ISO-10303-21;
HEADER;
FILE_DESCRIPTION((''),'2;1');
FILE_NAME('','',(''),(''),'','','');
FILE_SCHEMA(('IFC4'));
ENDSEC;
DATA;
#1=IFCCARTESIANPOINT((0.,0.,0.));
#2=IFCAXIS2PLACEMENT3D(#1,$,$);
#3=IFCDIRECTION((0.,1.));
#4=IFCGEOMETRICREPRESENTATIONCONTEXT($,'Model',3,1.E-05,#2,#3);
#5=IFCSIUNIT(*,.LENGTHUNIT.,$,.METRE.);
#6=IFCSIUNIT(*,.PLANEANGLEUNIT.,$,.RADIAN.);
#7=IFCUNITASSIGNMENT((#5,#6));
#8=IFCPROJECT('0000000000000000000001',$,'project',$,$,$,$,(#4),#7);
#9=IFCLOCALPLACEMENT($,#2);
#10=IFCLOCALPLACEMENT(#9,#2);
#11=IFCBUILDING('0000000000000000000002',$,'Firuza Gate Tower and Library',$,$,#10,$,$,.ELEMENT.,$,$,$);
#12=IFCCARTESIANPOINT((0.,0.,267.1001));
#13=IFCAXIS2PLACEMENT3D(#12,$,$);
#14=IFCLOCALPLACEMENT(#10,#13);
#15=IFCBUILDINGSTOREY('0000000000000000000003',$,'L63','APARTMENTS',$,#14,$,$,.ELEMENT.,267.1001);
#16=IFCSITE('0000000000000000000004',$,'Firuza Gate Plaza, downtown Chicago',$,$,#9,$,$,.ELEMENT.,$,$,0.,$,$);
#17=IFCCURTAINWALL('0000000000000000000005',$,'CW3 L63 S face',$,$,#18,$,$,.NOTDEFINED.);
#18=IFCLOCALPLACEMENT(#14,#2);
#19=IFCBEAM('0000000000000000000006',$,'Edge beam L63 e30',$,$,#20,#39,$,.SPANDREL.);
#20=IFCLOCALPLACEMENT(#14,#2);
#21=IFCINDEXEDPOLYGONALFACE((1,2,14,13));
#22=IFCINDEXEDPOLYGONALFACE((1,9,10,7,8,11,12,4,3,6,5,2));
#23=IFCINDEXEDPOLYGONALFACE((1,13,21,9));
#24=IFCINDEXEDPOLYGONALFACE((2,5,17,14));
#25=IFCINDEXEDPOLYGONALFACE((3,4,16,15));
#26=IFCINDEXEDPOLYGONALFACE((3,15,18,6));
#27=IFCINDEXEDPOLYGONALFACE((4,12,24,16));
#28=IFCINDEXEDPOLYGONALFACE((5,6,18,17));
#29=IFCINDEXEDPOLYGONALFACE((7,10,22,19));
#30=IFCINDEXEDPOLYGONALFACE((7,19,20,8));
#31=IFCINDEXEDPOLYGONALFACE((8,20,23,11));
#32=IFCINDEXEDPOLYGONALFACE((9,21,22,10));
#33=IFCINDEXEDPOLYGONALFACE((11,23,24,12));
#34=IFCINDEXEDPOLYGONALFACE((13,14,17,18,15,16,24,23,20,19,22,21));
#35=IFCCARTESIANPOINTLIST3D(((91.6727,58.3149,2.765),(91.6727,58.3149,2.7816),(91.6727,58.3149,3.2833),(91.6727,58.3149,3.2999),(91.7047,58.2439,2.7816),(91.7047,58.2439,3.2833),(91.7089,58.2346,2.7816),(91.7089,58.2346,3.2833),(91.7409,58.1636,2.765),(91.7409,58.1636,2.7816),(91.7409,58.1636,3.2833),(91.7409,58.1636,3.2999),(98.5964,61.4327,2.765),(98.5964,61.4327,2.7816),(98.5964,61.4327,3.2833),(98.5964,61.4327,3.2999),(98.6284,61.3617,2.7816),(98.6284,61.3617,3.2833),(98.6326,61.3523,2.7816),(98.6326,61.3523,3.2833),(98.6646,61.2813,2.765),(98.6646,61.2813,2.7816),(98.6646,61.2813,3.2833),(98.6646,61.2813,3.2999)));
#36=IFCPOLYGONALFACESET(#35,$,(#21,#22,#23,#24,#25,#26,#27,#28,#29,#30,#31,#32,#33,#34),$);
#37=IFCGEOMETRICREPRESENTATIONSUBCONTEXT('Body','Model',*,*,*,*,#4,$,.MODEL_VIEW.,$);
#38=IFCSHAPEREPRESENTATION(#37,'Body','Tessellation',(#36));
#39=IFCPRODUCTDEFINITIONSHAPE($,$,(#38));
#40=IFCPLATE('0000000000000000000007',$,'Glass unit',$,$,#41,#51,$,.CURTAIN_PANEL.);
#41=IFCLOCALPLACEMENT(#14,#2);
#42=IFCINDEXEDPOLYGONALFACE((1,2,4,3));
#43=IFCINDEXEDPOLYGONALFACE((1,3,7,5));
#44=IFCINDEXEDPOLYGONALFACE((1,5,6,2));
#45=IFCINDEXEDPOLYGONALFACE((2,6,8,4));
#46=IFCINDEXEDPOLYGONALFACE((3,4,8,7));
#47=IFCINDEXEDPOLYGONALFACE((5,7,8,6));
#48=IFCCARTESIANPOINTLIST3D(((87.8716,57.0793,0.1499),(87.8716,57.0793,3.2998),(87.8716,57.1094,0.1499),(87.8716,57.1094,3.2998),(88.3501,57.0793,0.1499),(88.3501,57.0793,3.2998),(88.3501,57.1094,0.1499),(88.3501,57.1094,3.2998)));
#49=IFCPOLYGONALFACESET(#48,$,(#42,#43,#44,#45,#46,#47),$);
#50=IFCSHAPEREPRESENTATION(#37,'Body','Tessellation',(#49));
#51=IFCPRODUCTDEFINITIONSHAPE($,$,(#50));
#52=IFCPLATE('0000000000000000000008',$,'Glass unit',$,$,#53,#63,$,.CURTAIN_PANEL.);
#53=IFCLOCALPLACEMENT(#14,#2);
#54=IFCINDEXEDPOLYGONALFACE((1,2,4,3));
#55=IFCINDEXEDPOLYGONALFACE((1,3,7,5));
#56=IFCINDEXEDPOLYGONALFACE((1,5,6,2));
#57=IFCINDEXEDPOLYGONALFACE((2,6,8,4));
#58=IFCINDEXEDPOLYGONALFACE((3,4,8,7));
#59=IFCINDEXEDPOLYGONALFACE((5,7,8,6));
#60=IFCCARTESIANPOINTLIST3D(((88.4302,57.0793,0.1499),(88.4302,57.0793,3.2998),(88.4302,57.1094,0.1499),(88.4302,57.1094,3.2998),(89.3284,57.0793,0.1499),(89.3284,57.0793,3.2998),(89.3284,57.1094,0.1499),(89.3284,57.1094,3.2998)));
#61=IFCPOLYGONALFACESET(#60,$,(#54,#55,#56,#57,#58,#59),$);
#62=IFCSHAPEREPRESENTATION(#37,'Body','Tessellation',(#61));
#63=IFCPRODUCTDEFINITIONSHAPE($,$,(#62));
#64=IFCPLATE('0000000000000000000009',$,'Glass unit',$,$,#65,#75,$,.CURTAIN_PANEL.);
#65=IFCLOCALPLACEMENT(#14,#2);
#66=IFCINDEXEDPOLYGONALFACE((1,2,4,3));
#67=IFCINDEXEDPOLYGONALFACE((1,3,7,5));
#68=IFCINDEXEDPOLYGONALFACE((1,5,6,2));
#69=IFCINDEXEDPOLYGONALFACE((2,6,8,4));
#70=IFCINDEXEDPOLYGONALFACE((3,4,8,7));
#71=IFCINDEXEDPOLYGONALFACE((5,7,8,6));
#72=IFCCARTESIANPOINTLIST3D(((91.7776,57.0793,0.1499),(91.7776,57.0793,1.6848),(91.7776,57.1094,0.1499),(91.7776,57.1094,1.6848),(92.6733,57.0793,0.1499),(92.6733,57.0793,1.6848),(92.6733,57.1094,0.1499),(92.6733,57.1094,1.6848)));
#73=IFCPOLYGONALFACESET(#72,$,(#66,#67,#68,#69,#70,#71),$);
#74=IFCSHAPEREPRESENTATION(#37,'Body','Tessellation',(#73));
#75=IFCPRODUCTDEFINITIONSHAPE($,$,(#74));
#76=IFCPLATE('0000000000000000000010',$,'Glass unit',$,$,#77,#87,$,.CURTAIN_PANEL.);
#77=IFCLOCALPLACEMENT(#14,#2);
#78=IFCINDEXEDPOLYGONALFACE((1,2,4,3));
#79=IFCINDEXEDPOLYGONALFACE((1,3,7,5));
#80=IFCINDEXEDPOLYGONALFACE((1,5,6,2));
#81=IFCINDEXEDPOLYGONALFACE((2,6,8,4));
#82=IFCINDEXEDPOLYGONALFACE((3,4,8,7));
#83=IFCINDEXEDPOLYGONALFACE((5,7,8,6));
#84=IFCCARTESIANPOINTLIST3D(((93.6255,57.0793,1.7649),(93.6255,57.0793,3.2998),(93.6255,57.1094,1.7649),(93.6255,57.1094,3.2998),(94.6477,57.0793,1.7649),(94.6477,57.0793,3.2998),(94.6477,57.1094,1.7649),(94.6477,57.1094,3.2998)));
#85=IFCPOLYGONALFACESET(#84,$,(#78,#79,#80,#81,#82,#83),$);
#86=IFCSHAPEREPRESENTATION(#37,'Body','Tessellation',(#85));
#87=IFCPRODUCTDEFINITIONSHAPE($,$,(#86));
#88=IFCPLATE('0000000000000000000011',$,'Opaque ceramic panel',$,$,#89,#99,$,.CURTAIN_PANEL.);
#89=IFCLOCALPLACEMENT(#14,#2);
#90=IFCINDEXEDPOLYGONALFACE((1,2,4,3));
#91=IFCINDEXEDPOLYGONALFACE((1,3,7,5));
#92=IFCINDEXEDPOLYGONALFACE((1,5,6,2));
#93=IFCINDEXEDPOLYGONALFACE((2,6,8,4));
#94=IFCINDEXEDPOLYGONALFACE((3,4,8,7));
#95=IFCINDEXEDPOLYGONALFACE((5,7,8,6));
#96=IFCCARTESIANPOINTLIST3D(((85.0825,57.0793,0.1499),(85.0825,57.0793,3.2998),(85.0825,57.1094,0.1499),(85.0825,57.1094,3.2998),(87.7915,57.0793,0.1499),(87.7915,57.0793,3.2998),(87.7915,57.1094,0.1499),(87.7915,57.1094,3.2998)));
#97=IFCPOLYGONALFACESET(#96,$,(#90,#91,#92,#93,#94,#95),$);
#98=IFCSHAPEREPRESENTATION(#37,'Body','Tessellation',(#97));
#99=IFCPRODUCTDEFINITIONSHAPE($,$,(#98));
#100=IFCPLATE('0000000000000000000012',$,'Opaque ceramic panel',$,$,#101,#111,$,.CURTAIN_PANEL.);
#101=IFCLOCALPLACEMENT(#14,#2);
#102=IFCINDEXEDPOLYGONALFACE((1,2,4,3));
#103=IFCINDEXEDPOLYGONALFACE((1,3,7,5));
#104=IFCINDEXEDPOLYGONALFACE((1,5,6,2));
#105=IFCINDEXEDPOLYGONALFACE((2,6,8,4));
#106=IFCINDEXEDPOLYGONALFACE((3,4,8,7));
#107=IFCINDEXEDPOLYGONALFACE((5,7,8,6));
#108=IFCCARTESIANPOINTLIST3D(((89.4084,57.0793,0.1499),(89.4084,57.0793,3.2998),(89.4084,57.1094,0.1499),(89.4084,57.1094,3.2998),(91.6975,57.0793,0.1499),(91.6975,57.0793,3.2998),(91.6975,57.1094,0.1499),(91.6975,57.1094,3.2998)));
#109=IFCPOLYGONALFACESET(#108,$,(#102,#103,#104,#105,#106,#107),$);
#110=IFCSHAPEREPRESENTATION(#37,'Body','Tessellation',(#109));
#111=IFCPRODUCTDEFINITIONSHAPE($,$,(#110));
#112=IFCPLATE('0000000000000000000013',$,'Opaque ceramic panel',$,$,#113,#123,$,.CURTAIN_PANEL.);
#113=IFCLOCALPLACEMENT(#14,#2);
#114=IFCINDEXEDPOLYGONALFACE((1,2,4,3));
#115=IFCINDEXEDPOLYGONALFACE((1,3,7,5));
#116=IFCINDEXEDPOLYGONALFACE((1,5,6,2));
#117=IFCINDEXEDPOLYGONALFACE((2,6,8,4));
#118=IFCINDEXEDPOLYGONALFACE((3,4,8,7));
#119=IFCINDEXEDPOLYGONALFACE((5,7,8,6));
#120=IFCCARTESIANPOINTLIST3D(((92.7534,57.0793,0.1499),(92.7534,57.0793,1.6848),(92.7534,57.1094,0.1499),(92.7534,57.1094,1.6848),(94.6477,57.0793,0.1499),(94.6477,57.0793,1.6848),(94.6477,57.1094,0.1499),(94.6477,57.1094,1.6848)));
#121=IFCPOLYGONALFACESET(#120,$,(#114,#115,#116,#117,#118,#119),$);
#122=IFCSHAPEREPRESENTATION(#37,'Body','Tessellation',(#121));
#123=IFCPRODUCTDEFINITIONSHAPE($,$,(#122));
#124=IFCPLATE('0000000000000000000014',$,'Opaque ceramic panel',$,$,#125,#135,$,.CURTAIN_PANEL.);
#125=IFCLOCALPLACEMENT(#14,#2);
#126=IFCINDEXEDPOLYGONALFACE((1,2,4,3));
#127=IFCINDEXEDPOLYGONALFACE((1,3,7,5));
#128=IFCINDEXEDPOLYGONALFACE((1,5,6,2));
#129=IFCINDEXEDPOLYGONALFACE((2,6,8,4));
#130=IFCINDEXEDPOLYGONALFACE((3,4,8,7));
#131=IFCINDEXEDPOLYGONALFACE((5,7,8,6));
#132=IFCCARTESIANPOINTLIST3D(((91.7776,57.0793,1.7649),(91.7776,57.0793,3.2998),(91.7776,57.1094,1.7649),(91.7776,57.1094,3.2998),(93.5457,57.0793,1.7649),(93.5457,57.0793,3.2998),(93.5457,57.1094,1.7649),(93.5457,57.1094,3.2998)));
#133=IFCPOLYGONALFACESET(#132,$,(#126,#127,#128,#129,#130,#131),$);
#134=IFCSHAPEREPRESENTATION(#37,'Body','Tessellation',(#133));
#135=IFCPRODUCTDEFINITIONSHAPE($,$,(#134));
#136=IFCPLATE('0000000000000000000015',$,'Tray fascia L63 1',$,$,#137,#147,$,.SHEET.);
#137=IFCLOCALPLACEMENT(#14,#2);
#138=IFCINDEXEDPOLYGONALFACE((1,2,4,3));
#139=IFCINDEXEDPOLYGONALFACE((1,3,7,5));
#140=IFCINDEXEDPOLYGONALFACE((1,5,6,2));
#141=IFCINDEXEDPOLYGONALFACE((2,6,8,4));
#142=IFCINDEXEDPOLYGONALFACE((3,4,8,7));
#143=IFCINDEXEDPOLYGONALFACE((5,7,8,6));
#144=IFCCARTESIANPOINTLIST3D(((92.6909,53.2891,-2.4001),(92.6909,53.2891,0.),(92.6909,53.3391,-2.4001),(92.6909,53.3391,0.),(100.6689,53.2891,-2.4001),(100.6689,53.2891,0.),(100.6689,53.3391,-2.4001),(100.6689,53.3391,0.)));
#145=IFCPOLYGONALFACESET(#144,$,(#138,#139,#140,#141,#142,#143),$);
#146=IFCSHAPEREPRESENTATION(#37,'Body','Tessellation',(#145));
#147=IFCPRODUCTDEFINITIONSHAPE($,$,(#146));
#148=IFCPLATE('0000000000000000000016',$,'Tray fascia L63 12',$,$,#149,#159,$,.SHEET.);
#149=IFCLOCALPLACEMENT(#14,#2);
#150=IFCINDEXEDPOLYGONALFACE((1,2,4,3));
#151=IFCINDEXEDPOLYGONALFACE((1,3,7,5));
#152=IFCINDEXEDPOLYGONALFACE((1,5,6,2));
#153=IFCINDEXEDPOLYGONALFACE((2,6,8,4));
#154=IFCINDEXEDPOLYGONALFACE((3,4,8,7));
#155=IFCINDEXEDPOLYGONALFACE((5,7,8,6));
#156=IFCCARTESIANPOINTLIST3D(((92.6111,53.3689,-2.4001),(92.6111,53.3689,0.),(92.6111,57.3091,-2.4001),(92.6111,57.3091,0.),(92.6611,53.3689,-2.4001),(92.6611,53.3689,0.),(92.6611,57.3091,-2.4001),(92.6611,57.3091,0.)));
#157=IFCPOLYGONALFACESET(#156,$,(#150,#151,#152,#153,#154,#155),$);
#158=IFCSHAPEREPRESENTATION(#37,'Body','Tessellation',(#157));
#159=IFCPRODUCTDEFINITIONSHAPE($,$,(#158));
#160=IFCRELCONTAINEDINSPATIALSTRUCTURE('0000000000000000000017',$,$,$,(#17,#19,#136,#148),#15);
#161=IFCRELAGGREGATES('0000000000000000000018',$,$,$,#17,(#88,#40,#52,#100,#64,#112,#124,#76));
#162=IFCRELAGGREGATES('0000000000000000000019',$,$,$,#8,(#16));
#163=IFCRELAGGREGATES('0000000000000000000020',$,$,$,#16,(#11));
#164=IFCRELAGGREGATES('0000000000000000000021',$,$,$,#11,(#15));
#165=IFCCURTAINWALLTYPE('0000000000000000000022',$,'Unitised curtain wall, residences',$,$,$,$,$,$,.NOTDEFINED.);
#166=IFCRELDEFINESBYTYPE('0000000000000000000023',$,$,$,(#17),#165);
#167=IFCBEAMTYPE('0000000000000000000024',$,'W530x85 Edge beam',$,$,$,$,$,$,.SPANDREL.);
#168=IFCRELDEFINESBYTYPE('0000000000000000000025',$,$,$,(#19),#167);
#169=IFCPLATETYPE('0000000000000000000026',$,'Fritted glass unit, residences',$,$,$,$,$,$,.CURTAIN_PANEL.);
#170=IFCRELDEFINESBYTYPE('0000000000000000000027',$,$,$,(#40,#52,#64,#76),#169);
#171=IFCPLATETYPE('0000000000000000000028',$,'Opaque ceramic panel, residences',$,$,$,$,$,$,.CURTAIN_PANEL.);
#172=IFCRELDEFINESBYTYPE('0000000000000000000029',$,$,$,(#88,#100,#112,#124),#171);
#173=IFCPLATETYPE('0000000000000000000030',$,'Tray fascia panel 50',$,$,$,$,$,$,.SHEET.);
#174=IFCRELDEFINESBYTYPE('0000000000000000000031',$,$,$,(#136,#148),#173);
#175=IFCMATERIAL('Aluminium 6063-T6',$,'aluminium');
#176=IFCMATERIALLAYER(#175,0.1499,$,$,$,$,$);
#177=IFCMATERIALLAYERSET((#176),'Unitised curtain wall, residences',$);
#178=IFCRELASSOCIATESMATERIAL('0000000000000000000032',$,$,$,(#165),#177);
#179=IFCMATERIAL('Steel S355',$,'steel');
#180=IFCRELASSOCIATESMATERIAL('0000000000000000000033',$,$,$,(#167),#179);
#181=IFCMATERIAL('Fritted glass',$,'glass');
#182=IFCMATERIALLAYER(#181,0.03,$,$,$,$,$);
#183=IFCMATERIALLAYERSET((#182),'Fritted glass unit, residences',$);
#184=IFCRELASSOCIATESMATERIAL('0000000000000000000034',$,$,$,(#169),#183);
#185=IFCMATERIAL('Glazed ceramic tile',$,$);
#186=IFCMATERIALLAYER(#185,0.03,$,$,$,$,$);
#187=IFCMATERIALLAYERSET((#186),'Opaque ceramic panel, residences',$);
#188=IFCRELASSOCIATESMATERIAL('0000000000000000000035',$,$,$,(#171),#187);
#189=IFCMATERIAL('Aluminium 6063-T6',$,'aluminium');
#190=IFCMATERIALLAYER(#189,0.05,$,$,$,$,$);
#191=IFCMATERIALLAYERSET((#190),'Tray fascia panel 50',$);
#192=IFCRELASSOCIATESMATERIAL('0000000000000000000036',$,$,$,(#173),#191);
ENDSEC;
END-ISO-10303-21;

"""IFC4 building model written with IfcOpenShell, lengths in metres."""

from ifc_helpers import new_model, si_unit, direction, frame, origin, origin_2d, place, context, subcontext, project, spatial, polyline, i_section, outline, extrude, material, layer, layer_set, material_profile, profile_set, type_object, element, aggregate, save


model = new_model("IFC4")

# Units and contexts
model_context = context("Model", 3, precision=1e-05, world=origin(), true_north=direction((0.0, 1.0)))
body_context = subcontext(model_context, "Body", "Model", "MODEL_VIEW")
ifc_project = project(units=[si_unit("LENGTHUNIT", "METRE"), si_unit("PLANEANGLEUNIT", "RADIAN")], contexts=[model_context])

# Site, building, storey
site_placement = place(None, origin())
site = spatial("IfcSite", under=ifc_project, at=site_placement, Name="Firuza Gate Plaza, downtown Chicago", CompositionType="ELEMENT", RefElevation=0.0)
building_placement = place(site_placement, origin())
building = spatial("IfcBuilding", under=site, at=building_placement, Name="Firuza Gate Tower and Library", CompositionType="ELEMENT")
storey_placement = place(building_placement, frame((0.0, 0.0, 267.1001)))
storey = spatial("IfcBuildingStorey", under=building, at=storey_placement, Name="L63", Description="APARTMENTS", CompositionType="ELEMENT", Elevation=267.1001)

# Curtain wall
ifc_material_1 = material(Name="Aluminium 6063-T6", Category="aluminium")
ifc_layer_1 = layer(ifc_material_1, 0.1499)
ifc_layer_set_1 = layer_set([ifc_layer_1], Name="Unitised curtain wall, residences")
curtain_wall_type = type_object("IfcCurtainWallType", Name="Unitised curtain wall, residences", PredefinedType="NOTDEFINED", material=ifc_layer_set_1)
curtain_wall_placement = place(storey_placement, origin())
curtain_wall = element("IfcCurtainWall", 1, at=curtain_wall_placement, inside=storey, type_object=curtain_wall_type, Name="CW3 L63 S face", PredefinedType="NOTDEFINED")

# Beam
ifc_material_2 = material(Name="Steel S355", Category="steel")
ifc_material_profile_1 = material_profile(ifc_material_2, i_section(OverallWidth=0.166, OverallDepth=0.5349, WebThickness=0.0103, FlangeThickness=0.0166, at=origin_2d()))
ifc_profile_set_1 = profile_set([ifc_material_profile_1], Name="Steel S355")
beam_type_1 = type_object("IfcBeamType", Name="W530x85 Edge beam", PredefinedType="SPANDREL", material=ifc_profile_set_1)
beam_1_placement = place(storey_placement, frame((91.7068, 58.2393, 3.0325), z_axis=(0.91182, 0.410591, 0.0), x_axis=(-0.410591, 0.91182, 0.0)))
element("IfcBeam", 2, at=beam_1_placement, inside=storey, type_object=beam_type_1, Name="Edge beam L63 e30", PredefinedType="SPANDREL", context=body_context, shape_type="SweptSolid", body=[
    extrude(i_section(OverallWidth=0.166, OverallDepth=0.5349, WebThickness=0.0103, FlangeThickness=0.0166, at=origin_2d()), origin(), (0.0, 0.0, 1.0), 7.5933),
])

# Plates
ifc_material_3 = material(Name="Fritted glass", Category="glass")
ifc_layer_2 = layer(ifc_material_3, 0.03)
ifc_layer_set_2 = layer_set([ifc_layer_2], Name="Fritted glass unit, residences")
plate_type_1 = type_object("IfcPlateType", Name="Fritted glass unit, residences", PredefinedType="CURTAIN_PANEL", material=ifc_layer_set_2)
plate_1_placement = place(storey_placement, frame((87.8716, 57.0793, 0.1499), z_axis=(0.0, -1.0, 0.0), x_axis=(1.0, 0.0, 0.0)))
plate_1 = element("IfcPlate", 3, at=plate_1_placement, type_object=plate_type_1, Name="Glass unit", PredefinedType="CURTAIN_PANEL", context=body_context, shape_type="SweptSolid", body=[
    extrude(outline(polyline([(0.0, 0.0), (0.4785, 0.0), (0.4785, 3.1499), (0.0, 3.1499), (0.0, 0.0)])), origin(), (0.0, 0.0, -1.0), 0.03),
])
plate_2_placement = place(storey_placement, frame((88.4302, 57.0793, 0.1499), z_axis=(0.0, -1.0, 0.0), x_axis=(1.0, 0.0, 0.0)))
plate_2 = element("IfcPlate", 4, at=plate_2_placement, type_object=plate_type_1, Name="Glass unit", PredefinedType="CURTAIN_PANEL", context=body_context, shape_type="SweptSolid", body=[
    extrude(outline(polyline([(0.0, 0.0), (0.8982, 0.0), (0.8982, 3.1499), (0.0, 3.1499), (0.0, 0.0)])), origin(), (0.0, 0.0, -1.0), 0.03),
])
plate_3_placement = place(storey_placement, frame((91.7776, 57.0793, 0.1499), z_axis=(0.0, -1.0, 0.0), x_axis=(1.0, 0.0, 0.0)))
plate_3 = element("IfcPlate", 5, at=plate_3_placement, type_object=plate_type_1, Name="Glass unit", PredefinedType="CURTAIN_PANEL", context=body_context, shape_type="SweptSolid", body=[
    extrude(outline(polyline([(0.0, 0.0), (0.8958, 0.0), (0.8958, 1.5349), (0.0, 1.5349), (0.0, 0.0)])), origin(), (0.0, 0.0, -1.0), 0.03),
])
plate_4_placement = place(storey_placement, frame((93.6255, 57.0793, 1.7649), z_axis=(0.0, -1.0, 0.0), x_axis=(1.0, 0.0, 0.0)))
plate_4 = element("IfcPlate", 6, at=plate_4_placement, type_object=plate_type_1, Name="Glass unit", PredefinedType="CURTAIN_PANEL", context=body_context, shape_type="SweptSolid", body=[
    extrude(outline(polyline([(0.0, 0.0), (1.0222, 0.0), (1.0222, 1.5349), (0.0, 1.5349), (0.0, 0.0)])), origin(), (0.0, 0.0, -1.0), 0.03),
])
ifc_material_4 = material(Name="Glazed ceramic tile")
ifc_layer_3 = layer(ifc_material_4, 0.03)
ifc_layer_set_3 = layer_set([ifc_layer_3], Name="Opaque ceramic panel, residences")
plate_type_2 = type_object("IfcPlateType", Name="Opaque ceramic panel, residences", PredefinedType="CURTAIN_PANEL", material=ifc_layer_set_3)
plate_5_placement = place(storey_placement, frame((85.0825, 57.0793, 0.1499), z_axis=(0.0, -1.0, 0.0), x_axis=(1.0, 0.0, 0.0)))
plate_5 = element("IfcPlate", 7, at=plate_5_placement, type_object=plate_type_2, Name="Opaque ceramic panel", PredefinedType="CURTAIN_PANEL", context=body_context, shape_type="SweptSolid", body=[
    extrude(outline(polyline([(0.0, 0.0), (2.709, 0.0), (2.709, 3.1499), (0.0, 3.1499), (0.0, 0.0)])), origin(), (0.0, 0.0, -1.0), 0.03),
])
plate_6_placement = place(storey_placement, frame((89.4084, 57.0793, 0.1499), z_axis=(0.0, -1.0, 0.0), x_axis=(1.0, 0.0, 0.0)))
plate_6 = element("IfcPlate", 8, at=plate_6_placement, type_object=plate_type_2, Name="Opaque ceramic panel", PredefinedType="CURTAIN_PANEL", context=body_context, shape_type="SweptSolid", body=[
    extrude(outline(polyline([(0.0, 0.0), (2.2891, 0.0), (2.2891, 3.1499), (0.0, 3.1499), (0.0, 0.0)])), origin(), (0.0, 0.0, -1.0), 0.03),
])
plate_7_placement = place(storey_placement, frame((92.7534, 57.0793, 0.1499), z_axis=(0.0, -1.0, 0.0), x_axis=(1.0, 0.0, 0.0)))
plate_7 = element("IfcPlate", 9, at=plate_7_placement, type_object=plate_type_2, Name="Opaque ceramic panel", PredefinedType="CURTAIN_PANEL", context=body_context, shape_type="SweptSolid", body=[
    extrude(outline(polyline([(0.0, 0.0), (1.8943, 0.0), (1.8943, 1.5349), (0.0, 1.5349), (0.0, 0.0)])), origin(), (0.0, 0.0, -1.0), 0.03),
])
plate_8_placement = place(storey_placement, frame((91.7776, 57.0793, 1.7649), z_axis=(0.0, -1.0, 0.0), x_axis=(1.0, 0.0, 0.0)))
plate_8 = element("IfcPlate", 10, at=plate_8_placement, type_object=plate_type_2, Name="Opaque ceramic panel", PredefinedType="CURTAIN_PANEL", context=body_context, shape_type="SweptSolid", body=[
    extrude(outline(polyline([(0.0, 0.0), (1.7681, 0.0), (1.7681, 1.5349), (0.0, 1.5349), (0.0, 0.0)])), origin(), (0.0, 0.0, -1.0), 0.03),
])
aggregate(curtain_wall, [plate_5, plate_1, plate_2, plate_6, plate_3, plate_7, plate_8, plate_4])

# Plates
ifc_material_5 = material(Name="Aluminium 6063-T6", Category="aluminium")
ifc_layer_4 = layer(ifc_material_5, 0.05)
ifc_layer_set_4 = layer_set([ifc_layer_4], Name="Tray fascia panel 50")
plate_type_3 = type_object("IfcPlateType", Name="Tray fascia panel 50", PredefinedType="SHEET", material=ifc_layer_set_4)
plate_9_placement = place(storey_placement, frame((92.6909, 53.2891, -2.4001), z_axis=(0.0, -1.0, 0.0), x_axis=(1.0, 0.0, 0.0)))
element("IfcPlate", 11, at=plate_9_placement, inside=storey, type_object=plate_type_3, Name="Tray fascia L63 1", PredefinedType="SHEET", context=body_context, shape_type="SweptSolid", body=[
    extrude(outline(polyline([(0.0, 0.0), (7.978, 0.0), (7.978, 2.4001), (0.0, 2.4001), (0.0, 0.0)])), origin(), (0.0, 0.0, -1.0), 0.05),
])
plate_10_placement = place(storey_placement, frame((92.6111, 57.3091, -2.4001), z_axis=(-1.0, 0.0, 0.0), x_axis=(0.0, -1.0, 0.0)))
element("IfcPlate", 12, at=plate_10_placement, inside=storey, type_object=plate_type_3, Name="Tray fascia L63 12", PredefinedType="SHEET", context=body_context, shape_type="SweptSolid", body=[
    extrude(outline(polyline([(0.0, 0.0), (3.9402, 0.0), (3.9402, 2.4001), (0.0, 2.4001), (0.0, 0.0)])), origin(), (0.0, 0.0, -1.0), 0.05),
])

save(model, "model.ifc")
